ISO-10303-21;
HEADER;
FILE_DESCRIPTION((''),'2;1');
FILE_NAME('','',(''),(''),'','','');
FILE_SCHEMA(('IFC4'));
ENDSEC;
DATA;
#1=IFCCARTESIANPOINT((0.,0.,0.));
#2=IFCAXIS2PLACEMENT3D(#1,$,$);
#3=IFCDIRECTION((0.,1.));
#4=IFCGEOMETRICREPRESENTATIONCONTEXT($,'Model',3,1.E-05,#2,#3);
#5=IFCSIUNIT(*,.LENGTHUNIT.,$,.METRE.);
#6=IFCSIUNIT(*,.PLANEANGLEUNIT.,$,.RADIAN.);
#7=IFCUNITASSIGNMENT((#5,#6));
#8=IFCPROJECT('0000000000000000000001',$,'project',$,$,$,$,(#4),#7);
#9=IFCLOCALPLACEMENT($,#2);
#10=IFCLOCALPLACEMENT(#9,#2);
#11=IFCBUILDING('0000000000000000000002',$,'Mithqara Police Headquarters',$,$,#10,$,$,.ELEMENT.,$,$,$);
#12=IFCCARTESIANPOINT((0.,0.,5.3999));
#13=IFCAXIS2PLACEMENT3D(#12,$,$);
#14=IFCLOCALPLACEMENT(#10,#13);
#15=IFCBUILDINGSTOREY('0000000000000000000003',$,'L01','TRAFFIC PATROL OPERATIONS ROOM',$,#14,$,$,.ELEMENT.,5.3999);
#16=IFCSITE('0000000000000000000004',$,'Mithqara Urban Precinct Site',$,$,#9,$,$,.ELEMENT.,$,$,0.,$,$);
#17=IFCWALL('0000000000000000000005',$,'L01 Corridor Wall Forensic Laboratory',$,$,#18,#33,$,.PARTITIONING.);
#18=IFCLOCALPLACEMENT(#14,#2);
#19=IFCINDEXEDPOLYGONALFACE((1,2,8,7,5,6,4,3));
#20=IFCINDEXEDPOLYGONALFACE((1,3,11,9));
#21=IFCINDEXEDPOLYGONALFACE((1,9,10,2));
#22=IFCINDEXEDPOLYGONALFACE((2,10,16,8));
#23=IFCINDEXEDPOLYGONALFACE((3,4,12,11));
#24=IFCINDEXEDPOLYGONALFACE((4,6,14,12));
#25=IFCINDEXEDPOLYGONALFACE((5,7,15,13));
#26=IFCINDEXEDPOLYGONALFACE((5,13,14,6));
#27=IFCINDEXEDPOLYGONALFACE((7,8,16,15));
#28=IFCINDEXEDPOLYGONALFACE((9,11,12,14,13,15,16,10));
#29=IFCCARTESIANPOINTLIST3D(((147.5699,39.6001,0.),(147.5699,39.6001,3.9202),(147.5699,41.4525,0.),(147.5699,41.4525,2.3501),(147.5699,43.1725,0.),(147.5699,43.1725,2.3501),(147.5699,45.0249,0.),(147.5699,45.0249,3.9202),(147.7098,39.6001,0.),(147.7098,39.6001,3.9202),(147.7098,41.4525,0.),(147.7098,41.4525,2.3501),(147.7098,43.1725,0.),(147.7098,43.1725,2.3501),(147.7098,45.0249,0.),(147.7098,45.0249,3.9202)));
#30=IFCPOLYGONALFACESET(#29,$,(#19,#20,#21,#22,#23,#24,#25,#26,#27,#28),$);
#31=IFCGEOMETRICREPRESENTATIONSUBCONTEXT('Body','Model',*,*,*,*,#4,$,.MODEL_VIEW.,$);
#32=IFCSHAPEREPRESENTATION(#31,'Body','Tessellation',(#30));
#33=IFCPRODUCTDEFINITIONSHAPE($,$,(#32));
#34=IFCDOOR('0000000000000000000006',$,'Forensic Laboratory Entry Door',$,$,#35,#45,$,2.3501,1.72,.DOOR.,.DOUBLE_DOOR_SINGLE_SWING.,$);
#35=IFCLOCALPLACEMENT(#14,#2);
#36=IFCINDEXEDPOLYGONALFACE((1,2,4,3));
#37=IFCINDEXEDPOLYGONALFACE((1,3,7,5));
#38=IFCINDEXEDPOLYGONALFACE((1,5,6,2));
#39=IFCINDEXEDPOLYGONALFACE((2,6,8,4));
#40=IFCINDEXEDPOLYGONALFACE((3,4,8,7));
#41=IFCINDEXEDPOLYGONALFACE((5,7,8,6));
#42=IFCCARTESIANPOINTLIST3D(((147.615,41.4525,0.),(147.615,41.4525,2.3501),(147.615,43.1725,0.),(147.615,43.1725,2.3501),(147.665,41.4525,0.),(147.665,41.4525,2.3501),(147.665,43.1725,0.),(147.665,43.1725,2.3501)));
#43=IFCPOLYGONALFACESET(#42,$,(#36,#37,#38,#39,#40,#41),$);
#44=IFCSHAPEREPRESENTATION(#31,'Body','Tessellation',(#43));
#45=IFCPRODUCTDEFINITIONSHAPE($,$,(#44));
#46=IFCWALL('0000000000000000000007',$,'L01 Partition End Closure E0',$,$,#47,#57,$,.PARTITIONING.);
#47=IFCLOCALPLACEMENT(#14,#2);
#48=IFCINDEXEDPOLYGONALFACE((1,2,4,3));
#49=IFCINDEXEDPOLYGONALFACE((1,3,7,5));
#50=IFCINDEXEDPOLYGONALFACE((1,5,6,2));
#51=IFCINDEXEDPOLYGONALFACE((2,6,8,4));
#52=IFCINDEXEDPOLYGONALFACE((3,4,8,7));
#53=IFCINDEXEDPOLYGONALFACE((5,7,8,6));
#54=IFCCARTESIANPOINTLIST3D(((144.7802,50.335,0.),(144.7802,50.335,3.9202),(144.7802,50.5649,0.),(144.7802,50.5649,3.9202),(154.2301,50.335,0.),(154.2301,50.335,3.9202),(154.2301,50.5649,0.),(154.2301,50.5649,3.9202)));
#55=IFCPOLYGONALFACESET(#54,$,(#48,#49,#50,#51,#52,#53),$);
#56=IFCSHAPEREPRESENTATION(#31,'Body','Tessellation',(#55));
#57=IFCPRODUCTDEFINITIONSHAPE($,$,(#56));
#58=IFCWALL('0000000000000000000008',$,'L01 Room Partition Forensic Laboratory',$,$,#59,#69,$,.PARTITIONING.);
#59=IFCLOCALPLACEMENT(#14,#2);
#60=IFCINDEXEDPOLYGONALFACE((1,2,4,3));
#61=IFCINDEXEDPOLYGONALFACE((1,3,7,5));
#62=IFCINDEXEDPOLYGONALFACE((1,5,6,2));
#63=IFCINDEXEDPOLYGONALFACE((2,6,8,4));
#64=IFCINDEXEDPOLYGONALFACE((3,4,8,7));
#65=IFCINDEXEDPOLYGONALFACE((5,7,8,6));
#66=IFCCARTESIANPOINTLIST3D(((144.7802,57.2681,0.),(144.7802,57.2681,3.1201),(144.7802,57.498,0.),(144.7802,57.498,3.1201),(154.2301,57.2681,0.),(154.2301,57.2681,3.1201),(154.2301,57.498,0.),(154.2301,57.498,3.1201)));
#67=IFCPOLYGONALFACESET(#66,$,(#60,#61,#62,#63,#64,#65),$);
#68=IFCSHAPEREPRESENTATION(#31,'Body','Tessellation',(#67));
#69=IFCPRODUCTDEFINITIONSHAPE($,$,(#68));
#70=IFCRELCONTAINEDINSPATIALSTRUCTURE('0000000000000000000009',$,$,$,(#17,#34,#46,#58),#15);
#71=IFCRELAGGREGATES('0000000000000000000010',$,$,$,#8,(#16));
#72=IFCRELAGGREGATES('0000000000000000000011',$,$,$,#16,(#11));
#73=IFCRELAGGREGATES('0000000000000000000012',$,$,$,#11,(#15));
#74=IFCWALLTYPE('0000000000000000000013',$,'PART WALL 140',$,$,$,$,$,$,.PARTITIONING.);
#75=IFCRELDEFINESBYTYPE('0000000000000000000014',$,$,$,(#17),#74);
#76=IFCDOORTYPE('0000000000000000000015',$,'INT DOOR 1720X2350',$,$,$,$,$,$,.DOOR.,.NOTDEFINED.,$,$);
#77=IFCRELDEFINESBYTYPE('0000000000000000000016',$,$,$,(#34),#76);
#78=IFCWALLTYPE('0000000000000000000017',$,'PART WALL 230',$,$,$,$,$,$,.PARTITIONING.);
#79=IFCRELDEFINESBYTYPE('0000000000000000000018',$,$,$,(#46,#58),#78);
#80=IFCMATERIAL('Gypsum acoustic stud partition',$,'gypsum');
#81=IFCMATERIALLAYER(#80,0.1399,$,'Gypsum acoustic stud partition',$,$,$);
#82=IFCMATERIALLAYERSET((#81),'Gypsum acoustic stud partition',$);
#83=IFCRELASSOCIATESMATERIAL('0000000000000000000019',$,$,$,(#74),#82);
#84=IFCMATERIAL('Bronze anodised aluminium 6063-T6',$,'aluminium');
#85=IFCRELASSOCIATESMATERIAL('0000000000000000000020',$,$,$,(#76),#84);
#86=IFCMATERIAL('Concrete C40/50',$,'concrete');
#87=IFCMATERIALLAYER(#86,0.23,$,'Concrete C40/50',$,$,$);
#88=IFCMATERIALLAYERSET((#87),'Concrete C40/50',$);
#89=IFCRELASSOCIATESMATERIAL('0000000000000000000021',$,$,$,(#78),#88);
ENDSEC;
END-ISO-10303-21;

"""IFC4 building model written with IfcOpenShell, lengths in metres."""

from ifc_helpers import new_model, si_unit, direction, frame, frame_2d, origin, place, context, subcontext, project, spatial, rectangle, extrude, material, layer, layer_set, type_object, element, fill, save


model = new_model("IFC4")

# Units and contexts
model_context = context("Model", 3, precision=1e-05, world=origin(), true_north=direction((0.0, 1.0)))
body_context = subcontext(model_context, "Body", "Model", "MODEL_VIEW")
ifc_project = project(units=[si_unit("LENGTHUNIT", "METRE"), si_unit("PLANEANGLEUNIT", "RADIAN")], contexts=[model_context])

# Site, building, storey
site_placement = place(None, origin())
site = spatial("IfcSite", under=ifc_project, at=site_placement, Name="Mithqara Urban Precinct Site", CompositionType="ELEMENT", RefElevation=0.0)
building_placement = place(site_placement, origin())
building = spatial("IfcBuilding", under=site, at=building_placement, Name="Mithqara Police Headquarters", CompositionType="ELEMENT")
storey_placement = place(building_placement, frame((0.0, 0.0, 5.3999)))
storey = spatial("IfcBuildingStorey", under=building, at=storey_placement, Name="L01", Description="TRAFFIC PATROL OPERATIONS ROOM", CompositionType="ELEMENT", Elevation=5.3999)

# Shared definitions
ifc_material_1 = material(Name="Concrete C40/50", Category="concrete")

# Shared definitions
ifc_material_2 = material(Name="Gypsum acoustic stud partition", Category="gypsum")
ifc_layer_1 = layer(ifc_material_2, 0.1399, Name="Gypsum acoustic stud partition")
ifc_layer_set_1 = layer_set([ifc_layer_1], Name="Gypsum acoustic stud partition")
wall_type_1 = type_object("IfcWallType", Name="PART WALL 140", PredefinedType="PARTITIONING", material=ifc_layer_set_1)

# Wall, opening, door
wall_1_placement = place(storey_placement, frame((147.6399, 39.6001, 0.0), z_axis=(0.0, 0.0, 1.0), x_axis=(0.0, 1.0, 0.0)))
wall_1 = element("IfcWall", 1, at=wall_1_placement, inside=storey, type_object=wall_type_1, Name="L01 Corridor Wall Forensic Laboratory", PredefinedType="PARTITIONING", context=body_context, shape_type="SweptSolid", body=[
    extrude(rectangle(XDim=5.4248, YDim=0.1399, at=frame_2d((2.7124, 0.0))), origin(), (0.0, 0.0, 1.0), 3.9202),
])
opening_1_placement = place(wall_1_placement, frame((1.8525, 0.0, 0.0)))
opening_1 = element("IfcOpeningElement", 2, at=opening_1_placement, cuts=wall_1, PredefinedType="OPENING", context=body_context, shape_type="SweptSolid", body=[
    extrude(rectangle(XDim=1.72, YDim=2.3501, at=frame_2d((0.8599, 1.175))), frame((0.0, 0.0801, 0.0), z_axis=(0.0, -1.0, 0.0), x_axis=(1.0, 0.0, 0.0)), (0.0, 0.0, 1.0), 0.1599),
])
ifc_material_3 = material(Name="Bronze anodised aluminium 6063-T6", Category="aluminium")
door_type = type_object("IfcDoorType", Name="INT DOOR 1720X2350", OperationType="NOTDEFINED", PredefinedType="DOOR", material=ifc_material_3)
door_placement = place(opening_1_placement, origin())
door = element("IfcDoor", 3, at=door_placement, inside=storey, type_object=door_type, Name="Forensic Laboratory Entry Door", OperationType="DOUBLE_DOOR_SINGLE_SWING", OverallHeight=2.3501, OverallWidth=1.72, PredefinedType="DOOR", context=body_context, shape_type="SweptSolid", body=[
    extrude(rectangle(XDim=1.72, YDim=2.3501, at=frame_2d((0.8599, 1.175))), frame((0.0, 0.0249, 0.0), z_axis=(0.0, -1.0, 0.0), x_axis=(1.0, 0.0, 0.0)), (0.0, 0.0, 1.0), 0.05),
])
fill(opening_1, door)

# Walls
ifc_layer_2 = layer(ifc_material_1, 0.23, Name="Concrete C40/50")
ifc_layer_set_2 = layer_set([ifc_layer_2], Name="Concrete C40/50")
wall_type_2 = type_object("IfcWallType", Name="PART WALL 230", PredefinedType="PARTITIONING", material=ifc_layer_set_2)
wall_2_placement = place(storey_placement, frame((144.78, 50.45, 0.0), z_axis=(0.0, 0.0, 1.0), x_axis=(1.0, 0.0, 0.0)))
element("IfcWall", 4, at=wall_2_placement, inside=storey, type_object=wall_type_2, Name="L01 Partition End Closure E0", PredefinedType="PARTITIONING", context=body_context, shape_type="SweptSolid", body=[
    extrude(rectangle(XDim=9.45, YDim=0.23, at=frame_2d((4.7251, 0.0))), origin(), (0.0, 0.0, 1.0), 3.9202),
])
wall_3_placement = place(storey_placement, frame((144.78, 57.3831, 0.0), z_axis=(0.0, 0.0, 1.0), x_axis=(1.0, 0.0, 0.0)))
element("IfcWall", 5, at=wall_3_placement, inside=storey, type_object=wall_type_2, Name="L01 Room Partition Forensic Laboratory", PredefinedType="PARTITIONING", context=body_context, shape_type="SweptSolid", body=[
    extrude(rectangle(XDim=9.45, YDim=0.23, at=frame_2d((4.7251, 0.0))), origin(), (0.0, 0.0, 1.0), 3.1201),
])

save(model, "model.ifc")
